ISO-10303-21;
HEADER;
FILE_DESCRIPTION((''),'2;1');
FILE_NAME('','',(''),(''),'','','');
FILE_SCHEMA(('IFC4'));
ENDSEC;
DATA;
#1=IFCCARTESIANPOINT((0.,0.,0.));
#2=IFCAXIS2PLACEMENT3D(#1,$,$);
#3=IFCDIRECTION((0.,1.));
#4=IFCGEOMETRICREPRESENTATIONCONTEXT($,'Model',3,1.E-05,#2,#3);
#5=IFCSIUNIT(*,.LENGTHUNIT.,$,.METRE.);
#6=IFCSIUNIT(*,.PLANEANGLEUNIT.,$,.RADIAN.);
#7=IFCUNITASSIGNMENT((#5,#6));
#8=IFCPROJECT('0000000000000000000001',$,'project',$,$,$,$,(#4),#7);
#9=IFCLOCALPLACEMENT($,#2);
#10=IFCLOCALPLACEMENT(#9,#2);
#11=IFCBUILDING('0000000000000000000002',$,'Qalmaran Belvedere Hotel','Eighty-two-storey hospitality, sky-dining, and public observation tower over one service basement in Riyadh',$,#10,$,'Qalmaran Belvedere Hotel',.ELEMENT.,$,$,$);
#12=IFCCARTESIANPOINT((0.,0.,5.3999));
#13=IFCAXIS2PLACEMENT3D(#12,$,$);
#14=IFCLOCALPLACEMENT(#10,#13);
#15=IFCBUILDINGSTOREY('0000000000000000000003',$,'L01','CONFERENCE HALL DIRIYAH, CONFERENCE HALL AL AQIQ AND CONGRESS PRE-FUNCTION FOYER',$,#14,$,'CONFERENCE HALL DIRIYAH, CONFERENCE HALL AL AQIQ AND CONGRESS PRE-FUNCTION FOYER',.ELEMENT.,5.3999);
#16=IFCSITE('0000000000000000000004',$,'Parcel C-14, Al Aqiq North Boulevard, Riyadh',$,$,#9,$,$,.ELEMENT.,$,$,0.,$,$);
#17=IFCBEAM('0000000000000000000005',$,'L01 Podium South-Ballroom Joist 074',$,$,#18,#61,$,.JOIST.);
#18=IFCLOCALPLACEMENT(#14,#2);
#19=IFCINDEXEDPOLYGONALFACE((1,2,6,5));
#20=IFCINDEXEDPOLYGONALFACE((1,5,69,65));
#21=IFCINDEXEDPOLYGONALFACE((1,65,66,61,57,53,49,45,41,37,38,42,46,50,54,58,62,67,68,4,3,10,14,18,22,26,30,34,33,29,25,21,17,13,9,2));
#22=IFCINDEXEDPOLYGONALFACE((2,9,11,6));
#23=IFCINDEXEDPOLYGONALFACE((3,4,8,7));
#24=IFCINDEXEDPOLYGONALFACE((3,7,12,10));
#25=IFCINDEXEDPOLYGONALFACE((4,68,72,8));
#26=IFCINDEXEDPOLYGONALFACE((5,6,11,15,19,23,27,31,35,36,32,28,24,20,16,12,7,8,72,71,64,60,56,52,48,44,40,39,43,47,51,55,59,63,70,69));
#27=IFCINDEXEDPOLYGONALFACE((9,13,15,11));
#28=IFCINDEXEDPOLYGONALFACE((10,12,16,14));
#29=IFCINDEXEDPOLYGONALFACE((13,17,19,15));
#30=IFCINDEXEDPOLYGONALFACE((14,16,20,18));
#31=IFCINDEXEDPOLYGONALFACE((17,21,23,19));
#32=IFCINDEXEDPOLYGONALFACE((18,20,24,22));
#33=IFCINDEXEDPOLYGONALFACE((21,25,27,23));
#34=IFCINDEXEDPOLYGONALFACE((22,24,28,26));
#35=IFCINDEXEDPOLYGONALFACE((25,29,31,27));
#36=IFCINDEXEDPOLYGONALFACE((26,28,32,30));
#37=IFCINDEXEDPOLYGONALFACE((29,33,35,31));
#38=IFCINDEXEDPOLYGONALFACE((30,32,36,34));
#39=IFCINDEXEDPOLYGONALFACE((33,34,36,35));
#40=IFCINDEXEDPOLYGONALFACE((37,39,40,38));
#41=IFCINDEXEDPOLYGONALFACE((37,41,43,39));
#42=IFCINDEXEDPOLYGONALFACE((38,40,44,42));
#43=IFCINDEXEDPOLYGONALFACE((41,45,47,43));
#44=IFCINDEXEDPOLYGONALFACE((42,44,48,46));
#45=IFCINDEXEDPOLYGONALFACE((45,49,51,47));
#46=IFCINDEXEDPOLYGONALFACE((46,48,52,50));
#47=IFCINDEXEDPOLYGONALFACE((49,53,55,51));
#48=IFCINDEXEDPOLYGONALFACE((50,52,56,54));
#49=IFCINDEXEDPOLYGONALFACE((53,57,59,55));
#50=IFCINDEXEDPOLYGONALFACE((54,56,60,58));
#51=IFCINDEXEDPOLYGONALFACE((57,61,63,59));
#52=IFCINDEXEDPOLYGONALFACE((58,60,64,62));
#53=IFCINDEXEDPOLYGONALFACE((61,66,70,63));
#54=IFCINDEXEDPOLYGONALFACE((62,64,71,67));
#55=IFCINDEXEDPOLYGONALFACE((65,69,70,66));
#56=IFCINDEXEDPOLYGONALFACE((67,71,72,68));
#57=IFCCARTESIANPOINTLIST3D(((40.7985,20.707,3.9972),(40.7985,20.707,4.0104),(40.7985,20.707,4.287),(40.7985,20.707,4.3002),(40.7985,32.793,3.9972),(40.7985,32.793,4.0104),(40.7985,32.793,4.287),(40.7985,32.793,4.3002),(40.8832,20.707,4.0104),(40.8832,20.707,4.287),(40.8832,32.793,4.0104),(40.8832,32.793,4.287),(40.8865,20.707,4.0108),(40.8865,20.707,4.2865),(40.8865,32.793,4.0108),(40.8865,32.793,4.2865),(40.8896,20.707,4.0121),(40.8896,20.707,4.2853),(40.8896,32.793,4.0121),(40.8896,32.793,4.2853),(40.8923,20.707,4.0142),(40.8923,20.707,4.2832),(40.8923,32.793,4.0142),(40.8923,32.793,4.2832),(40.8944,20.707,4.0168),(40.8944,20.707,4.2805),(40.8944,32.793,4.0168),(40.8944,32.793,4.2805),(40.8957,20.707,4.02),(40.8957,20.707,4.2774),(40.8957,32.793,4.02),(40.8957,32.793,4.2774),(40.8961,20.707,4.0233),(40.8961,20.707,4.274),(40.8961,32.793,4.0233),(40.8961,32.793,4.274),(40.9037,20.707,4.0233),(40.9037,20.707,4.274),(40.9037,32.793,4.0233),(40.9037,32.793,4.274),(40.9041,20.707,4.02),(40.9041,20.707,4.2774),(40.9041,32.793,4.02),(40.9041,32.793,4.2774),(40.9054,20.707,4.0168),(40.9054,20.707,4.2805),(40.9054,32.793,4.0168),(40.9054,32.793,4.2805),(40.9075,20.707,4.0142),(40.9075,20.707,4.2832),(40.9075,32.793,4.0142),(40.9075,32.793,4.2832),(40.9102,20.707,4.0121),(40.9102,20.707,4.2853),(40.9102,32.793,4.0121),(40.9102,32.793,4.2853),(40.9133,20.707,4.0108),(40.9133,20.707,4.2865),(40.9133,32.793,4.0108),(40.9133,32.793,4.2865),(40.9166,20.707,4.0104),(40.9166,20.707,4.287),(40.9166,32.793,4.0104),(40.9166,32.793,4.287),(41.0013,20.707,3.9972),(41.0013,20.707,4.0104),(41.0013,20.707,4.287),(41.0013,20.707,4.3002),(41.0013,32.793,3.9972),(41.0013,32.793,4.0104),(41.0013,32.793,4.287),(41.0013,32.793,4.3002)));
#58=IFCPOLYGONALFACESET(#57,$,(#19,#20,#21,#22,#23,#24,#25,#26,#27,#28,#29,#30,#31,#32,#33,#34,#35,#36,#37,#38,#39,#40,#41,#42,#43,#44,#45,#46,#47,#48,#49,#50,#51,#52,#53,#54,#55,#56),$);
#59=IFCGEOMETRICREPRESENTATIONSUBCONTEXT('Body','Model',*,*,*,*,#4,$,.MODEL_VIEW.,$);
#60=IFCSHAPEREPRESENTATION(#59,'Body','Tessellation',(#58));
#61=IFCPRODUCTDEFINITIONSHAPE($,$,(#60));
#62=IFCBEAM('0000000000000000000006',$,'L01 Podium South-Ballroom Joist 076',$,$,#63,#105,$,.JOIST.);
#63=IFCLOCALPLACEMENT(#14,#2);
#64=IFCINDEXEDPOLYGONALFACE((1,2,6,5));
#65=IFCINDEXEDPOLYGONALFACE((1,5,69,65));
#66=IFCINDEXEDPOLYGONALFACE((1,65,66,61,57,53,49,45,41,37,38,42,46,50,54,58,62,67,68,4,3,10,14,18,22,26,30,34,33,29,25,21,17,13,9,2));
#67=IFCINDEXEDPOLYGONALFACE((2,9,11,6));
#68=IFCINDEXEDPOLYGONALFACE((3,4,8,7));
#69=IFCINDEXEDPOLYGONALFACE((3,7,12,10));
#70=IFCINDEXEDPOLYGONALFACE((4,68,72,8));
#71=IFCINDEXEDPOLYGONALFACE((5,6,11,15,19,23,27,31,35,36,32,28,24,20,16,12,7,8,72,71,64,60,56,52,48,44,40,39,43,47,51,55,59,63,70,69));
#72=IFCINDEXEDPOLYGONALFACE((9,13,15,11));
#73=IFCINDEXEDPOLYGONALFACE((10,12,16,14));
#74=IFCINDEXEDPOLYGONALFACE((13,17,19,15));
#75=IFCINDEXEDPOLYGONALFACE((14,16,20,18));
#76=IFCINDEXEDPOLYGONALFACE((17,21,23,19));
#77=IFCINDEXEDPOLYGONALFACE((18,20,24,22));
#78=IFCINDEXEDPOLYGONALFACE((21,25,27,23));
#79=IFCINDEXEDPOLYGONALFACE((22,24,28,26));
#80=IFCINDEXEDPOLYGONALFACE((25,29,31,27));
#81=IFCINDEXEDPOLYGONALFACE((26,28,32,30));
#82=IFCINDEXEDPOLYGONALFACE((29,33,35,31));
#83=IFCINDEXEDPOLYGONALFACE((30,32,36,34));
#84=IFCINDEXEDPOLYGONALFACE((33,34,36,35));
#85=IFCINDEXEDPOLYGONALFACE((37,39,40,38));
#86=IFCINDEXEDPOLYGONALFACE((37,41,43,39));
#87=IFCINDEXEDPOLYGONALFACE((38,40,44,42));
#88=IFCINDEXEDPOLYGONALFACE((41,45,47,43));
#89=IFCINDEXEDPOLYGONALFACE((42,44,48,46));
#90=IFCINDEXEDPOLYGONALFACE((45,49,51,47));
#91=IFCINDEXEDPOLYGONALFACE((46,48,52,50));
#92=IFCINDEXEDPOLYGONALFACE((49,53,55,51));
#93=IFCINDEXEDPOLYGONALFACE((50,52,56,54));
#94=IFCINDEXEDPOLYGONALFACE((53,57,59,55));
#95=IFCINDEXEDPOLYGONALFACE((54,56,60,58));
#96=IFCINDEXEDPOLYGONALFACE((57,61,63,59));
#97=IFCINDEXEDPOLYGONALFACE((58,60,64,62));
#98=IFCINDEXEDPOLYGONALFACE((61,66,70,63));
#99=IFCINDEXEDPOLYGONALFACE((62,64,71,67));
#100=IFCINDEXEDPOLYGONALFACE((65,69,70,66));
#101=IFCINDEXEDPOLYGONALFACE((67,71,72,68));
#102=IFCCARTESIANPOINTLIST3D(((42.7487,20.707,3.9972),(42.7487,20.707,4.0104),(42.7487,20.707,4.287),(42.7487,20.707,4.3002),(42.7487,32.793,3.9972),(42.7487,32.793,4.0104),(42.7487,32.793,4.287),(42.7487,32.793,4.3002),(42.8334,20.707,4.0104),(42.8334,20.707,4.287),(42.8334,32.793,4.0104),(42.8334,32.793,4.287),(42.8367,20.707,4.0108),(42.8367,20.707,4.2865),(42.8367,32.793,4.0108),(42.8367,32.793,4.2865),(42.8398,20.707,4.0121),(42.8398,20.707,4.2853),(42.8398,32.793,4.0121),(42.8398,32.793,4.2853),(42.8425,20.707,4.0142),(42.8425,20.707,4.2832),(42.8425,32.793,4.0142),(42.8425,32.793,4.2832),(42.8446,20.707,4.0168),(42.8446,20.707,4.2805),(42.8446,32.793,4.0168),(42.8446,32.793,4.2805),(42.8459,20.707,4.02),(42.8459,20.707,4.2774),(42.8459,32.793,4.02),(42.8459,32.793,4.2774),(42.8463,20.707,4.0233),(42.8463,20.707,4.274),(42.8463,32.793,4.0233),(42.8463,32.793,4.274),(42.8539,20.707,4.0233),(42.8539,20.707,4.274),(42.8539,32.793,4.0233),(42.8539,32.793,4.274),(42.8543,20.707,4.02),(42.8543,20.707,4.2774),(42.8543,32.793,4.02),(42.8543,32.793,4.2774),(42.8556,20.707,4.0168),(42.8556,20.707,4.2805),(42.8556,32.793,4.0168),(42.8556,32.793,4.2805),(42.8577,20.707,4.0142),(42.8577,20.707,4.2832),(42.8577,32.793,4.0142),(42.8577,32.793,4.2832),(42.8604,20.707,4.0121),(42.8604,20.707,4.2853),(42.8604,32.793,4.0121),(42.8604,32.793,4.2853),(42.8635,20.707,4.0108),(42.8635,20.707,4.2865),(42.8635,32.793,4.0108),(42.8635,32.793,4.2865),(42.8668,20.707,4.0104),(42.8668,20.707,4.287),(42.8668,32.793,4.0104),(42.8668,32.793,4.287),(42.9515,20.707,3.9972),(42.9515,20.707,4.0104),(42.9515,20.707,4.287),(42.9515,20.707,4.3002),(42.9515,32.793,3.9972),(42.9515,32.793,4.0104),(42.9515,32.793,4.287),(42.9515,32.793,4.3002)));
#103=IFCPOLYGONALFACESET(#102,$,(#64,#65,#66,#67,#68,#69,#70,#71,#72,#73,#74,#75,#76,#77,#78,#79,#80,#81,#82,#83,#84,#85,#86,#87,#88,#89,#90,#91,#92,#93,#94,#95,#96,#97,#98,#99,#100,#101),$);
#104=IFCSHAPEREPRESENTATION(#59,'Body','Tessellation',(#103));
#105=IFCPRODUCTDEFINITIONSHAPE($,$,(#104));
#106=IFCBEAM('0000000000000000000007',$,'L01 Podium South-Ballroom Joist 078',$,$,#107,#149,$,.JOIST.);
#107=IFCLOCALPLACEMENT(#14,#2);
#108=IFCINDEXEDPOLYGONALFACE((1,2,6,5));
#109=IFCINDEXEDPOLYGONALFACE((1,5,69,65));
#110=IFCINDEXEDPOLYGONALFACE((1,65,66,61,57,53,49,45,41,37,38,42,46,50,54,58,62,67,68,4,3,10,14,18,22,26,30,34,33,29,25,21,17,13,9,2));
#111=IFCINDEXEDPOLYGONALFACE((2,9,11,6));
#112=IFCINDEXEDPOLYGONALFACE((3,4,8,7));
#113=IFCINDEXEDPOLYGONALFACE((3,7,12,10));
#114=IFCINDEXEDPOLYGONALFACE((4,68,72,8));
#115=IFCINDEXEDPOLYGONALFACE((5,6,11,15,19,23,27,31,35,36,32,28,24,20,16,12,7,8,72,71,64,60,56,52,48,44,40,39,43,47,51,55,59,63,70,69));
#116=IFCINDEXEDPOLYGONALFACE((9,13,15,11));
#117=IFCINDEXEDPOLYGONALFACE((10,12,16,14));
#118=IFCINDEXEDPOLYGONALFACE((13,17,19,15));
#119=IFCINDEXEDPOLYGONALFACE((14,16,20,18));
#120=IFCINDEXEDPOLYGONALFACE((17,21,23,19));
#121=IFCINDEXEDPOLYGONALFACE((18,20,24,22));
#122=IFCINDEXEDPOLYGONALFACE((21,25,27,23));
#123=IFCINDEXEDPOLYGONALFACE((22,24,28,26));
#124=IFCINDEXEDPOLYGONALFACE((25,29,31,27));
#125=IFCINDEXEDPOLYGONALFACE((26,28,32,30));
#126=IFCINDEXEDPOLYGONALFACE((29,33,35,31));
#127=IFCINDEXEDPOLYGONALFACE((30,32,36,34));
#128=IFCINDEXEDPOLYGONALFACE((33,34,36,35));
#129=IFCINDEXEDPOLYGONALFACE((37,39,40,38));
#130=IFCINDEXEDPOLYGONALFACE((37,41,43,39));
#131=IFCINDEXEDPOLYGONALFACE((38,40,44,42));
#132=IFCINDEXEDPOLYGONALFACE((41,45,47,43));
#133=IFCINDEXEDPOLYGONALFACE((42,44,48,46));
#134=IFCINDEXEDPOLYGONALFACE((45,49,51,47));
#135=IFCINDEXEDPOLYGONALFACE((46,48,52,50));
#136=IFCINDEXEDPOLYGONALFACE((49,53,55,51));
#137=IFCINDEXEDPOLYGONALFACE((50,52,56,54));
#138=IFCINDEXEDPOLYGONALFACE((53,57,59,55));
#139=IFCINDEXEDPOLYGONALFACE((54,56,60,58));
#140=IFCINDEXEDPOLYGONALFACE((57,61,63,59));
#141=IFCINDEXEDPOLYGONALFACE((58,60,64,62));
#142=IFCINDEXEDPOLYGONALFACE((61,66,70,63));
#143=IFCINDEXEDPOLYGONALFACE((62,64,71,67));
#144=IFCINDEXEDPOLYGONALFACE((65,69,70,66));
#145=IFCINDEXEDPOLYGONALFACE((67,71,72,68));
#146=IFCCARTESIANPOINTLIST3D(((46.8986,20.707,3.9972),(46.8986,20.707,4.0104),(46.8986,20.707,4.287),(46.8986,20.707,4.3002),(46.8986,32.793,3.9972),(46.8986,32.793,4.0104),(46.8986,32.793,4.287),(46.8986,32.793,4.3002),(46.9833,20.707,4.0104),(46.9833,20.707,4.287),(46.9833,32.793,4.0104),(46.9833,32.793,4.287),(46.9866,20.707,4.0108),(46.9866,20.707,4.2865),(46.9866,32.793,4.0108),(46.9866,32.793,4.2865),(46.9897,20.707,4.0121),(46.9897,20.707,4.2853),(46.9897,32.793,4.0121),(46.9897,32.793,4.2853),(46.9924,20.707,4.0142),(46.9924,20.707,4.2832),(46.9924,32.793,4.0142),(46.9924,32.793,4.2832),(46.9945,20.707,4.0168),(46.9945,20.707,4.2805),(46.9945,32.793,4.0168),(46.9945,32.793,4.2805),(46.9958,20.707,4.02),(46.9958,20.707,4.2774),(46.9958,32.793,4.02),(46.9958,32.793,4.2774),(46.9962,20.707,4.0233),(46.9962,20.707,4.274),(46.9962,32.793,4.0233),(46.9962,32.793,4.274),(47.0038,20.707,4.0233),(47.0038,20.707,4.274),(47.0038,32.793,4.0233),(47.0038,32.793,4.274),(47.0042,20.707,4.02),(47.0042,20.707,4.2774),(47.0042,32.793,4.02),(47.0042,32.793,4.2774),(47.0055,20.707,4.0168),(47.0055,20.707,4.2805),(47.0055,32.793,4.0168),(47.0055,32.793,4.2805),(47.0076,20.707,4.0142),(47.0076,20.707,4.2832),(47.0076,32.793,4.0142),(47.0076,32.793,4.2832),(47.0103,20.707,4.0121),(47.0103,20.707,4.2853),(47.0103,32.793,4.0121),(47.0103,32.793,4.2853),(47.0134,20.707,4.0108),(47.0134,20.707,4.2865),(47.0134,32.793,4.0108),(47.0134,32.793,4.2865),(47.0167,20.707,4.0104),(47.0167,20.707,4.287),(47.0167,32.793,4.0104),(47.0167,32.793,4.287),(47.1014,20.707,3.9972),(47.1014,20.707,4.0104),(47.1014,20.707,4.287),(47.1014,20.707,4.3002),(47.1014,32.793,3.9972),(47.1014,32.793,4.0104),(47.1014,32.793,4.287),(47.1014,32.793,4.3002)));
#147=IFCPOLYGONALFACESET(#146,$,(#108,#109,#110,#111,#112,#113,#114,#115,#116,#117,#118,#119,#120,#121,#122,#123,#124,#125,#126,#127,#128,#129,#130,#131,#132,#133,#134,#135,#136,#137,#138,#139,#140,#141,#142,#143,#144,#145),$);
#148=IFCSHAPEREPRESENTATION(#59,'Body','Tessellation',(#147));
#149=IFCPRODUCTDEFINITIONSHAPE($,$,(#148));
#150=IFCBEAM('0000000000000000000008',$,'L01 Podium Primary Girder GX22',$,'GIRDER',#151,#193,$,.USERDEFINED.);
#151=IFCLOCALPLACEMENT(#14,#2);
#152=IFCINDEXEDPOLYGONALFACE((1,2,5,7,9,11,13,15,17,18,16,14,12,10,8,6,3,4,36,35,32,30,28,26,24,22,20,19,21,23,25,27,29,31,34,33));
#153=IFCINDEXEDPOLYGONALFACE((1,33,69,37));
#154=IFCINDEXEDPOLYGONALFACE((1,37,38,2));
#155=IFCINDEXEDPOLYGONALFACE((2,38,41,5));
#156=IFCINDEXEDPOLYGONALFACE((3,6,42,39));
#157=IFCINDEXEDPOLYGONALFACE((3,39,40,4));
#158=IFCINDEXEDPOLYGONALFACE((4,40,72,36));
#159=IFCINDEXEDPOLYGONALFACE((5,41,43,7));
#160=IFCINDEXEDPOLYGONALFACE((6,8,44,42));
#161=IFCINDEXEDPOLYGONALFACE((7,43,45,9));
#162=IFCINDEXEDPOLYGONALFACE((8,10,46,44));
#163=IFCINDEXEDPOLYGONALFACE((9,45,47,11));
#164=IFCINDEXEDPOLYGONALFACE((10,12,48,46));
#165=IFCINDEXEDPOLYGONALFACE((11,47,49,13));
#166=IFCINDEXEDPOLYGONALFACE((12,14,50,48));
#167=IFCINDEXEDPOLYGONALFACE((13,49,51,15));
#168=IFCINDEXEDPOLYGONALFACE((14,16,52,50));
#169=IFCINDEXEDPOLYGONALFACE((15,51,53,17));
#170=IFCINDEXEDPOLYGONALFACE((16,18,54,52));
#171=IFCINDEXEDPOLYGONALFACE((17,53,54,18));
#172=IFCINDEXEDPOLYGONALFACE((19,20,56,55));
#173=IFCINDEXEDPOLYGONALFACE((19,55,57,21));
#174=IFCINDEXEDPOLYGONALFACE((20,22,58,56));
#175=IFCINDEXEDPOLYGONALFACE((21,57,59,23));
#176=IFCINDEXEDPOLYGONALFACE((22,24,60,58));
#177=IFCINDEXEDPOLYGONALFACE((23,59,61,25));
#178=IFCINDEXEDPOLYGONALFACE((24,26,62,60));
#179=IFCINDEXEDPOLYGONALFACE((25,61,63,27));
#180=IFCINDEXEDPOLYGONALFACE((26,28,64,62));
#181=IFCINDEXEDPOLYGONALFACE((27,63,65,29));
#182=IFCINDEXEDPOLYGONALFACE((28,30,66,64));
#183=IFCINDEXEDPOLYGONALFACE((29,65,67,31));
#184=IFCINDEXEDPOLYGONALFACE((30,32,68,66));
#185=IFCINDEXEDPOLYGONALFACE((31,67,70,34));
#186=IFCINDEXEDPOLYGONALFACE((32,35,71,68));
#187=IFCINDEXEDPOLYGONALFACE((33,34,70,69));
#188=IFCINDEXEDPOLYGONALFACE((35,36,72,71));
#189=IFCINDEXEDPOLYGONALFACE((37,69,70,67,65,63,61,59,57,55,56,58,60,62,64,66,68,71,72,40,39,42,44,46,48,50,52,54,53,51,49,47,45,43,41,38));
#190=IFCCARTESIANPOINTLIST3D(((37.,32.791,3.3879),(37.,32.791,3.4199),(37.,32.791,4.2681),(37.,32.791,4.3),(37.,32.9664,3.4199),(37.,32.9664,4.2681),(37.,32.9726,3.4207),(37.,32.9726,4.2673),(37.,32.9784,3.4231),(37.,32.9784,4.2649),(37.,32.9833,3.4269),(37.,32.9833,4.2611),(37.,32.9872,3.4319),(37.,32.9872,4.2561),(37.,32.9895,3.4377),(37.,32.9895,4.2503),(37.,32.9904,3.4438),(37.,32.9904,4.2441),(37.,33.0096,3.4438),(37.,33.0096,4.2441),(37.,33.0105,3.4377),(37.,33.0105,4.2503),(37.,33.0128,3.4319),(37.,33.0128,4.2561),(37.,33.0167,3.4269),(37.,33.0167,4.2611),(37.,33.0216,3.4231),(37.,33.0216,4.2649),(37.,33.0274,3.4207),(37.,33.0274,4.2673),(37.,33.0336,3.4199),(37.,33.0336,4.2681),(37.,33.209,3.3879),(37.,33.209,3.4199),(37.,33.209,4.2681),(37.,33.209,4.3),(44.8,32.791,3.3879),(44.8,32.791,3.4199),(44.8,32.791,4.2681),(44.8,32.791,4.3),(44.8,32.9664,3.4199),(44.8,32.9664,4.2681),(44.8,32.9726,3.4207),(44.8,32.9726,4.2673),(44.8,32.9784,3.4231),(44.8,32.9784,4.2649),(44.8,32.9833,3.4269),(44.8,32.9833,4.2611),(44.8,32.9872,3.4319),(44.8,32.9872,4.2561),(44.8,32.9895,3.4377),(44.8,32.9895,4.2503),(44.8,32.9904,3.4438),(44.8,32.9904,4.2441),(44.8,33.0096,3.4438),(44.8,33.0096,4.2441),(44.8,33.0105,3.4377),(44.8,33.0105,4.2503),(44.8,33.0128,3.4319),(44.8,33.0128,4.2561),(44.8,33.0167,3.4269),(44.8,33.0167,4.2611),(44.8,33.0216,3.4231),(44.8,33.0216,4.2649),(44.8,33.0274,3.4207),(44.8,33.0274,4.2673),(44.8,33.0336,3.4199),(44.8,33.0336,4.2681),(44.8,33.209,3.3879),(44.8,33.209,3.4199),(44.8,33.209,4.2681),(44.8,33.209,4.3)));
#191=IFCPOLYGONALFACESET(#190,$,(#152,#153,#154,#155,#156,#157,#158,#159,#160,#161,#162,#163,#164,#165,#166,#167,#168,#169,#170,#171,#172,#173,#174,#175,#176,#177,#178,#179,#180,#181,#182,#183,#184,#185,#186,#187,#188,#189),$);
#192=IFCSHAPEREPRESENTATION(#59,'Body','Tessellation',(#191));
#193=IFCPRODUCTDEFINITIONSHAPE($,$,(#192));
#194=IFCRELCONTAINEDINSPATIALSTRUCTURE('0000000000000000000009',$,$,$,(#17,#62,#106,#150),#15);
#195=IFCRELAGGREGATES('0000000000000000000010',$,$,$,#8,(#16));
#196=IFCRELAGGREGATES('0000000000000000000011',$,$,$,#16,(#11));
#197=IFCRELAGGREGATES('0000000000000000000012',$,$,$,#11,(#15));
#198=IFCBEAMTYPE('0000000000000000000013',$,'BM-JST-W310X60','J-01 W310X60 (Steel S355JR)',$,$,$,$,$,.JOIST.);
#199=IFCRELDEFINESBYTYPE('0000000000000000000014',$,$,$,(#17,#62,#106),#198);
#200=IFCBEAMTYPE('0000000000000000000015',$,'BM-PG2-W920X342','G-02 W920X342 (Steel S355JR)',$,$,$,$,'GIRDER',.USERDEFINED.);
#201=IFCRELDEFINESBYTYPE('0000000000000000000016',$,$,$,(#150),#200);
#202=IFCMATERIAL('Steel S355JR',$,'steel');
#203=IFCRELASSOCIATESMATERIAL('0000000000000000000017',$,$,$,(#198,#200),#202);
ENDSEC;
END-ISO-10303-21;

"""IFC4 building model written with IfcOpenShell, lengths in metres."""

from ifc_helpers import new_model, si_unit, direction, frame, origin, origin_2d, place, context, subcontext, project, spatial, i_section, extrude, material, material_profile, profile_set, type_object, element, save


model = new_model("IFC4")

# Units and contexts
model_context = context("Model", 3, precision=1e-05, world=origin(), true_north=direction((0.0, 1.0)))
body_context = subcontext(model_context, "Body", "Model", "MODEL_VIEW")
ifc_project = project(units=[si_unit("LENGTHUNIT", "METRE"), si_unit("PLANEANGLEUNIT", "RADIAN")], contexts=[model_context])

# Site, building, storey
site_placement = place(None, origin())
site = spatial("IfcSite", under=ifc_project, at=site_placement, Name="Parcel C-14, Al Aqiq North Boulevard, Riyadh", CompositionType="ELEMENT", RefElevation=0.0)
building_placement = place(site_placement, origin())
building = spatial("IfcBuilding", under=site, at=building_placement, Name="Qalmaran Belvedere Hotel", Description="Eighty-two-storey hospitality, sky-dining, and public observation tower over one service basement in Riyadh", LongName="Qalmaran Belvedere Hotel", CompositionType="ELEMENT")
storey_placement = place(building_placement, frame((0.0, 0.0, 5.3999)))
storey = spatial("IfcBuildingStorey", under=building, at=storey_placement, Name="L01", Description="CONFERENCE HALL DIRIYAH, CONFERENCE HALL AL AQIQ AND CONGRESS PRE-FUNCTION FOYER", LongName="CONFERENCE HALL DIRIYAH, CONFERENCE HALL AL AQIQ AND CONGRESS PRE-FUNCTION FOYER", CompositionType="ELEMENT", Elevation=5.3999)

# Beams
ifc_material_1 = material(Name="Steel S355JR", Category="steel")
ifc_material_profile_1 = material_profile(ifc_material_1, i_section(OverallWidth=0.2029, OverallDepth=0.303, WebThickness=0.0076, FlangeThickness=0.0132, FilletRadius=0.0129, at=origin_2d()), Name="W310X60")
ifc_profile_set_1 = profile_set([ifc_material_profile_1], Name="Steel S355JR")
beam_type_1 = type_object("IfcBeamType", Name="BM-JST-W310X60", Description="J-01 W310X60 (Steel S355JR)", PredefinedType="JOIST", material=ifc_profile_set_1)
for number, where, z_axis, x_axis, name in (
    (1, (40.8999, 20.707, 4.1487), (0.0, 1.0, 0.0), (-1.0, 0.0, 0.0), "L01 Podium South-Ballroom Joist 074"),
    (2, (42.8501, 20.707, 4.1487), (0.0, 1.0, 0.0), (-1.0, 0.0, 0.0), "L01 Podium South-Ballroom Joist 076"),
    (3, (47.0, 20.707, 4.1487), (0.0, 1.0, 0.0), (-1.0, 0.0, 0.0), "L01 Podium South-Ballroom Joist 078"),
):
    element("IfcBeam", number, at=place(storey_placement, frame(where, z_axis=z_axis, x_axis=x_axis)), inside=storey, type_object=beam_type_1, Name=name, PredefinedType="JOIST", context=body_context, shape_type="SweptSolid", body=[
        extrude(i_section(OverallWidth=0.2029, OverallDepth=0.303, WebThickness=0.0076, FlangeThickness=0.0132, FilletRadius=0.0129, at=origin_2d()), origin(), (0.0, 0.0, 1.0), 12.0859),
    ])
ifc_material_profile_2 = material_profile(ifc_material_1, i_section(OverallWidth=0.418, OverallDepth=0.9121, WebThickness=0.0193, FlangeThickness=0.032, FilletRadius=0.0239, at=origin_2d()), Name="W920X342")
ifc_profile_set_2 = profile_set([ifc_material_profile_2], Name="Steel S355JR")
beam_type_2 = type_object("IfcBeamType", Name="BM-PG2-W920X342", Description="G-02 W920X342 (Steel S355JR)", ElementType="GIRDER", PredefinedType="USERDEFINED", material=ifc_profile_set_2)
beam_1_placement = place(storey_placement, frame((37.0, 33.0, 3.844), z_axis=(1.0, 0.0, 0.0), x_axis=(0.0, 1.0, 0.0)))
element("IfcBeam", 4, at=beam_1_placement, inside=storey, type_object=beam_type_2, Name="L01 Podium Primary Girder GX22", ObjectType="GIRDER", PredefinedType="USERDEFINED", context=body_context, shape_type="SweptSolid", body=[
    extrude(i_section(OverallWidth=0.418, OverallDepth=0.9121, WebThickness=0.0193, FlangeThickness=0.032, FilletRadius=0.0239, at=origin_2d()), origin(), (0.0, 0.0, 1.0), 7.8),
])

save(model, "model.ifc")
